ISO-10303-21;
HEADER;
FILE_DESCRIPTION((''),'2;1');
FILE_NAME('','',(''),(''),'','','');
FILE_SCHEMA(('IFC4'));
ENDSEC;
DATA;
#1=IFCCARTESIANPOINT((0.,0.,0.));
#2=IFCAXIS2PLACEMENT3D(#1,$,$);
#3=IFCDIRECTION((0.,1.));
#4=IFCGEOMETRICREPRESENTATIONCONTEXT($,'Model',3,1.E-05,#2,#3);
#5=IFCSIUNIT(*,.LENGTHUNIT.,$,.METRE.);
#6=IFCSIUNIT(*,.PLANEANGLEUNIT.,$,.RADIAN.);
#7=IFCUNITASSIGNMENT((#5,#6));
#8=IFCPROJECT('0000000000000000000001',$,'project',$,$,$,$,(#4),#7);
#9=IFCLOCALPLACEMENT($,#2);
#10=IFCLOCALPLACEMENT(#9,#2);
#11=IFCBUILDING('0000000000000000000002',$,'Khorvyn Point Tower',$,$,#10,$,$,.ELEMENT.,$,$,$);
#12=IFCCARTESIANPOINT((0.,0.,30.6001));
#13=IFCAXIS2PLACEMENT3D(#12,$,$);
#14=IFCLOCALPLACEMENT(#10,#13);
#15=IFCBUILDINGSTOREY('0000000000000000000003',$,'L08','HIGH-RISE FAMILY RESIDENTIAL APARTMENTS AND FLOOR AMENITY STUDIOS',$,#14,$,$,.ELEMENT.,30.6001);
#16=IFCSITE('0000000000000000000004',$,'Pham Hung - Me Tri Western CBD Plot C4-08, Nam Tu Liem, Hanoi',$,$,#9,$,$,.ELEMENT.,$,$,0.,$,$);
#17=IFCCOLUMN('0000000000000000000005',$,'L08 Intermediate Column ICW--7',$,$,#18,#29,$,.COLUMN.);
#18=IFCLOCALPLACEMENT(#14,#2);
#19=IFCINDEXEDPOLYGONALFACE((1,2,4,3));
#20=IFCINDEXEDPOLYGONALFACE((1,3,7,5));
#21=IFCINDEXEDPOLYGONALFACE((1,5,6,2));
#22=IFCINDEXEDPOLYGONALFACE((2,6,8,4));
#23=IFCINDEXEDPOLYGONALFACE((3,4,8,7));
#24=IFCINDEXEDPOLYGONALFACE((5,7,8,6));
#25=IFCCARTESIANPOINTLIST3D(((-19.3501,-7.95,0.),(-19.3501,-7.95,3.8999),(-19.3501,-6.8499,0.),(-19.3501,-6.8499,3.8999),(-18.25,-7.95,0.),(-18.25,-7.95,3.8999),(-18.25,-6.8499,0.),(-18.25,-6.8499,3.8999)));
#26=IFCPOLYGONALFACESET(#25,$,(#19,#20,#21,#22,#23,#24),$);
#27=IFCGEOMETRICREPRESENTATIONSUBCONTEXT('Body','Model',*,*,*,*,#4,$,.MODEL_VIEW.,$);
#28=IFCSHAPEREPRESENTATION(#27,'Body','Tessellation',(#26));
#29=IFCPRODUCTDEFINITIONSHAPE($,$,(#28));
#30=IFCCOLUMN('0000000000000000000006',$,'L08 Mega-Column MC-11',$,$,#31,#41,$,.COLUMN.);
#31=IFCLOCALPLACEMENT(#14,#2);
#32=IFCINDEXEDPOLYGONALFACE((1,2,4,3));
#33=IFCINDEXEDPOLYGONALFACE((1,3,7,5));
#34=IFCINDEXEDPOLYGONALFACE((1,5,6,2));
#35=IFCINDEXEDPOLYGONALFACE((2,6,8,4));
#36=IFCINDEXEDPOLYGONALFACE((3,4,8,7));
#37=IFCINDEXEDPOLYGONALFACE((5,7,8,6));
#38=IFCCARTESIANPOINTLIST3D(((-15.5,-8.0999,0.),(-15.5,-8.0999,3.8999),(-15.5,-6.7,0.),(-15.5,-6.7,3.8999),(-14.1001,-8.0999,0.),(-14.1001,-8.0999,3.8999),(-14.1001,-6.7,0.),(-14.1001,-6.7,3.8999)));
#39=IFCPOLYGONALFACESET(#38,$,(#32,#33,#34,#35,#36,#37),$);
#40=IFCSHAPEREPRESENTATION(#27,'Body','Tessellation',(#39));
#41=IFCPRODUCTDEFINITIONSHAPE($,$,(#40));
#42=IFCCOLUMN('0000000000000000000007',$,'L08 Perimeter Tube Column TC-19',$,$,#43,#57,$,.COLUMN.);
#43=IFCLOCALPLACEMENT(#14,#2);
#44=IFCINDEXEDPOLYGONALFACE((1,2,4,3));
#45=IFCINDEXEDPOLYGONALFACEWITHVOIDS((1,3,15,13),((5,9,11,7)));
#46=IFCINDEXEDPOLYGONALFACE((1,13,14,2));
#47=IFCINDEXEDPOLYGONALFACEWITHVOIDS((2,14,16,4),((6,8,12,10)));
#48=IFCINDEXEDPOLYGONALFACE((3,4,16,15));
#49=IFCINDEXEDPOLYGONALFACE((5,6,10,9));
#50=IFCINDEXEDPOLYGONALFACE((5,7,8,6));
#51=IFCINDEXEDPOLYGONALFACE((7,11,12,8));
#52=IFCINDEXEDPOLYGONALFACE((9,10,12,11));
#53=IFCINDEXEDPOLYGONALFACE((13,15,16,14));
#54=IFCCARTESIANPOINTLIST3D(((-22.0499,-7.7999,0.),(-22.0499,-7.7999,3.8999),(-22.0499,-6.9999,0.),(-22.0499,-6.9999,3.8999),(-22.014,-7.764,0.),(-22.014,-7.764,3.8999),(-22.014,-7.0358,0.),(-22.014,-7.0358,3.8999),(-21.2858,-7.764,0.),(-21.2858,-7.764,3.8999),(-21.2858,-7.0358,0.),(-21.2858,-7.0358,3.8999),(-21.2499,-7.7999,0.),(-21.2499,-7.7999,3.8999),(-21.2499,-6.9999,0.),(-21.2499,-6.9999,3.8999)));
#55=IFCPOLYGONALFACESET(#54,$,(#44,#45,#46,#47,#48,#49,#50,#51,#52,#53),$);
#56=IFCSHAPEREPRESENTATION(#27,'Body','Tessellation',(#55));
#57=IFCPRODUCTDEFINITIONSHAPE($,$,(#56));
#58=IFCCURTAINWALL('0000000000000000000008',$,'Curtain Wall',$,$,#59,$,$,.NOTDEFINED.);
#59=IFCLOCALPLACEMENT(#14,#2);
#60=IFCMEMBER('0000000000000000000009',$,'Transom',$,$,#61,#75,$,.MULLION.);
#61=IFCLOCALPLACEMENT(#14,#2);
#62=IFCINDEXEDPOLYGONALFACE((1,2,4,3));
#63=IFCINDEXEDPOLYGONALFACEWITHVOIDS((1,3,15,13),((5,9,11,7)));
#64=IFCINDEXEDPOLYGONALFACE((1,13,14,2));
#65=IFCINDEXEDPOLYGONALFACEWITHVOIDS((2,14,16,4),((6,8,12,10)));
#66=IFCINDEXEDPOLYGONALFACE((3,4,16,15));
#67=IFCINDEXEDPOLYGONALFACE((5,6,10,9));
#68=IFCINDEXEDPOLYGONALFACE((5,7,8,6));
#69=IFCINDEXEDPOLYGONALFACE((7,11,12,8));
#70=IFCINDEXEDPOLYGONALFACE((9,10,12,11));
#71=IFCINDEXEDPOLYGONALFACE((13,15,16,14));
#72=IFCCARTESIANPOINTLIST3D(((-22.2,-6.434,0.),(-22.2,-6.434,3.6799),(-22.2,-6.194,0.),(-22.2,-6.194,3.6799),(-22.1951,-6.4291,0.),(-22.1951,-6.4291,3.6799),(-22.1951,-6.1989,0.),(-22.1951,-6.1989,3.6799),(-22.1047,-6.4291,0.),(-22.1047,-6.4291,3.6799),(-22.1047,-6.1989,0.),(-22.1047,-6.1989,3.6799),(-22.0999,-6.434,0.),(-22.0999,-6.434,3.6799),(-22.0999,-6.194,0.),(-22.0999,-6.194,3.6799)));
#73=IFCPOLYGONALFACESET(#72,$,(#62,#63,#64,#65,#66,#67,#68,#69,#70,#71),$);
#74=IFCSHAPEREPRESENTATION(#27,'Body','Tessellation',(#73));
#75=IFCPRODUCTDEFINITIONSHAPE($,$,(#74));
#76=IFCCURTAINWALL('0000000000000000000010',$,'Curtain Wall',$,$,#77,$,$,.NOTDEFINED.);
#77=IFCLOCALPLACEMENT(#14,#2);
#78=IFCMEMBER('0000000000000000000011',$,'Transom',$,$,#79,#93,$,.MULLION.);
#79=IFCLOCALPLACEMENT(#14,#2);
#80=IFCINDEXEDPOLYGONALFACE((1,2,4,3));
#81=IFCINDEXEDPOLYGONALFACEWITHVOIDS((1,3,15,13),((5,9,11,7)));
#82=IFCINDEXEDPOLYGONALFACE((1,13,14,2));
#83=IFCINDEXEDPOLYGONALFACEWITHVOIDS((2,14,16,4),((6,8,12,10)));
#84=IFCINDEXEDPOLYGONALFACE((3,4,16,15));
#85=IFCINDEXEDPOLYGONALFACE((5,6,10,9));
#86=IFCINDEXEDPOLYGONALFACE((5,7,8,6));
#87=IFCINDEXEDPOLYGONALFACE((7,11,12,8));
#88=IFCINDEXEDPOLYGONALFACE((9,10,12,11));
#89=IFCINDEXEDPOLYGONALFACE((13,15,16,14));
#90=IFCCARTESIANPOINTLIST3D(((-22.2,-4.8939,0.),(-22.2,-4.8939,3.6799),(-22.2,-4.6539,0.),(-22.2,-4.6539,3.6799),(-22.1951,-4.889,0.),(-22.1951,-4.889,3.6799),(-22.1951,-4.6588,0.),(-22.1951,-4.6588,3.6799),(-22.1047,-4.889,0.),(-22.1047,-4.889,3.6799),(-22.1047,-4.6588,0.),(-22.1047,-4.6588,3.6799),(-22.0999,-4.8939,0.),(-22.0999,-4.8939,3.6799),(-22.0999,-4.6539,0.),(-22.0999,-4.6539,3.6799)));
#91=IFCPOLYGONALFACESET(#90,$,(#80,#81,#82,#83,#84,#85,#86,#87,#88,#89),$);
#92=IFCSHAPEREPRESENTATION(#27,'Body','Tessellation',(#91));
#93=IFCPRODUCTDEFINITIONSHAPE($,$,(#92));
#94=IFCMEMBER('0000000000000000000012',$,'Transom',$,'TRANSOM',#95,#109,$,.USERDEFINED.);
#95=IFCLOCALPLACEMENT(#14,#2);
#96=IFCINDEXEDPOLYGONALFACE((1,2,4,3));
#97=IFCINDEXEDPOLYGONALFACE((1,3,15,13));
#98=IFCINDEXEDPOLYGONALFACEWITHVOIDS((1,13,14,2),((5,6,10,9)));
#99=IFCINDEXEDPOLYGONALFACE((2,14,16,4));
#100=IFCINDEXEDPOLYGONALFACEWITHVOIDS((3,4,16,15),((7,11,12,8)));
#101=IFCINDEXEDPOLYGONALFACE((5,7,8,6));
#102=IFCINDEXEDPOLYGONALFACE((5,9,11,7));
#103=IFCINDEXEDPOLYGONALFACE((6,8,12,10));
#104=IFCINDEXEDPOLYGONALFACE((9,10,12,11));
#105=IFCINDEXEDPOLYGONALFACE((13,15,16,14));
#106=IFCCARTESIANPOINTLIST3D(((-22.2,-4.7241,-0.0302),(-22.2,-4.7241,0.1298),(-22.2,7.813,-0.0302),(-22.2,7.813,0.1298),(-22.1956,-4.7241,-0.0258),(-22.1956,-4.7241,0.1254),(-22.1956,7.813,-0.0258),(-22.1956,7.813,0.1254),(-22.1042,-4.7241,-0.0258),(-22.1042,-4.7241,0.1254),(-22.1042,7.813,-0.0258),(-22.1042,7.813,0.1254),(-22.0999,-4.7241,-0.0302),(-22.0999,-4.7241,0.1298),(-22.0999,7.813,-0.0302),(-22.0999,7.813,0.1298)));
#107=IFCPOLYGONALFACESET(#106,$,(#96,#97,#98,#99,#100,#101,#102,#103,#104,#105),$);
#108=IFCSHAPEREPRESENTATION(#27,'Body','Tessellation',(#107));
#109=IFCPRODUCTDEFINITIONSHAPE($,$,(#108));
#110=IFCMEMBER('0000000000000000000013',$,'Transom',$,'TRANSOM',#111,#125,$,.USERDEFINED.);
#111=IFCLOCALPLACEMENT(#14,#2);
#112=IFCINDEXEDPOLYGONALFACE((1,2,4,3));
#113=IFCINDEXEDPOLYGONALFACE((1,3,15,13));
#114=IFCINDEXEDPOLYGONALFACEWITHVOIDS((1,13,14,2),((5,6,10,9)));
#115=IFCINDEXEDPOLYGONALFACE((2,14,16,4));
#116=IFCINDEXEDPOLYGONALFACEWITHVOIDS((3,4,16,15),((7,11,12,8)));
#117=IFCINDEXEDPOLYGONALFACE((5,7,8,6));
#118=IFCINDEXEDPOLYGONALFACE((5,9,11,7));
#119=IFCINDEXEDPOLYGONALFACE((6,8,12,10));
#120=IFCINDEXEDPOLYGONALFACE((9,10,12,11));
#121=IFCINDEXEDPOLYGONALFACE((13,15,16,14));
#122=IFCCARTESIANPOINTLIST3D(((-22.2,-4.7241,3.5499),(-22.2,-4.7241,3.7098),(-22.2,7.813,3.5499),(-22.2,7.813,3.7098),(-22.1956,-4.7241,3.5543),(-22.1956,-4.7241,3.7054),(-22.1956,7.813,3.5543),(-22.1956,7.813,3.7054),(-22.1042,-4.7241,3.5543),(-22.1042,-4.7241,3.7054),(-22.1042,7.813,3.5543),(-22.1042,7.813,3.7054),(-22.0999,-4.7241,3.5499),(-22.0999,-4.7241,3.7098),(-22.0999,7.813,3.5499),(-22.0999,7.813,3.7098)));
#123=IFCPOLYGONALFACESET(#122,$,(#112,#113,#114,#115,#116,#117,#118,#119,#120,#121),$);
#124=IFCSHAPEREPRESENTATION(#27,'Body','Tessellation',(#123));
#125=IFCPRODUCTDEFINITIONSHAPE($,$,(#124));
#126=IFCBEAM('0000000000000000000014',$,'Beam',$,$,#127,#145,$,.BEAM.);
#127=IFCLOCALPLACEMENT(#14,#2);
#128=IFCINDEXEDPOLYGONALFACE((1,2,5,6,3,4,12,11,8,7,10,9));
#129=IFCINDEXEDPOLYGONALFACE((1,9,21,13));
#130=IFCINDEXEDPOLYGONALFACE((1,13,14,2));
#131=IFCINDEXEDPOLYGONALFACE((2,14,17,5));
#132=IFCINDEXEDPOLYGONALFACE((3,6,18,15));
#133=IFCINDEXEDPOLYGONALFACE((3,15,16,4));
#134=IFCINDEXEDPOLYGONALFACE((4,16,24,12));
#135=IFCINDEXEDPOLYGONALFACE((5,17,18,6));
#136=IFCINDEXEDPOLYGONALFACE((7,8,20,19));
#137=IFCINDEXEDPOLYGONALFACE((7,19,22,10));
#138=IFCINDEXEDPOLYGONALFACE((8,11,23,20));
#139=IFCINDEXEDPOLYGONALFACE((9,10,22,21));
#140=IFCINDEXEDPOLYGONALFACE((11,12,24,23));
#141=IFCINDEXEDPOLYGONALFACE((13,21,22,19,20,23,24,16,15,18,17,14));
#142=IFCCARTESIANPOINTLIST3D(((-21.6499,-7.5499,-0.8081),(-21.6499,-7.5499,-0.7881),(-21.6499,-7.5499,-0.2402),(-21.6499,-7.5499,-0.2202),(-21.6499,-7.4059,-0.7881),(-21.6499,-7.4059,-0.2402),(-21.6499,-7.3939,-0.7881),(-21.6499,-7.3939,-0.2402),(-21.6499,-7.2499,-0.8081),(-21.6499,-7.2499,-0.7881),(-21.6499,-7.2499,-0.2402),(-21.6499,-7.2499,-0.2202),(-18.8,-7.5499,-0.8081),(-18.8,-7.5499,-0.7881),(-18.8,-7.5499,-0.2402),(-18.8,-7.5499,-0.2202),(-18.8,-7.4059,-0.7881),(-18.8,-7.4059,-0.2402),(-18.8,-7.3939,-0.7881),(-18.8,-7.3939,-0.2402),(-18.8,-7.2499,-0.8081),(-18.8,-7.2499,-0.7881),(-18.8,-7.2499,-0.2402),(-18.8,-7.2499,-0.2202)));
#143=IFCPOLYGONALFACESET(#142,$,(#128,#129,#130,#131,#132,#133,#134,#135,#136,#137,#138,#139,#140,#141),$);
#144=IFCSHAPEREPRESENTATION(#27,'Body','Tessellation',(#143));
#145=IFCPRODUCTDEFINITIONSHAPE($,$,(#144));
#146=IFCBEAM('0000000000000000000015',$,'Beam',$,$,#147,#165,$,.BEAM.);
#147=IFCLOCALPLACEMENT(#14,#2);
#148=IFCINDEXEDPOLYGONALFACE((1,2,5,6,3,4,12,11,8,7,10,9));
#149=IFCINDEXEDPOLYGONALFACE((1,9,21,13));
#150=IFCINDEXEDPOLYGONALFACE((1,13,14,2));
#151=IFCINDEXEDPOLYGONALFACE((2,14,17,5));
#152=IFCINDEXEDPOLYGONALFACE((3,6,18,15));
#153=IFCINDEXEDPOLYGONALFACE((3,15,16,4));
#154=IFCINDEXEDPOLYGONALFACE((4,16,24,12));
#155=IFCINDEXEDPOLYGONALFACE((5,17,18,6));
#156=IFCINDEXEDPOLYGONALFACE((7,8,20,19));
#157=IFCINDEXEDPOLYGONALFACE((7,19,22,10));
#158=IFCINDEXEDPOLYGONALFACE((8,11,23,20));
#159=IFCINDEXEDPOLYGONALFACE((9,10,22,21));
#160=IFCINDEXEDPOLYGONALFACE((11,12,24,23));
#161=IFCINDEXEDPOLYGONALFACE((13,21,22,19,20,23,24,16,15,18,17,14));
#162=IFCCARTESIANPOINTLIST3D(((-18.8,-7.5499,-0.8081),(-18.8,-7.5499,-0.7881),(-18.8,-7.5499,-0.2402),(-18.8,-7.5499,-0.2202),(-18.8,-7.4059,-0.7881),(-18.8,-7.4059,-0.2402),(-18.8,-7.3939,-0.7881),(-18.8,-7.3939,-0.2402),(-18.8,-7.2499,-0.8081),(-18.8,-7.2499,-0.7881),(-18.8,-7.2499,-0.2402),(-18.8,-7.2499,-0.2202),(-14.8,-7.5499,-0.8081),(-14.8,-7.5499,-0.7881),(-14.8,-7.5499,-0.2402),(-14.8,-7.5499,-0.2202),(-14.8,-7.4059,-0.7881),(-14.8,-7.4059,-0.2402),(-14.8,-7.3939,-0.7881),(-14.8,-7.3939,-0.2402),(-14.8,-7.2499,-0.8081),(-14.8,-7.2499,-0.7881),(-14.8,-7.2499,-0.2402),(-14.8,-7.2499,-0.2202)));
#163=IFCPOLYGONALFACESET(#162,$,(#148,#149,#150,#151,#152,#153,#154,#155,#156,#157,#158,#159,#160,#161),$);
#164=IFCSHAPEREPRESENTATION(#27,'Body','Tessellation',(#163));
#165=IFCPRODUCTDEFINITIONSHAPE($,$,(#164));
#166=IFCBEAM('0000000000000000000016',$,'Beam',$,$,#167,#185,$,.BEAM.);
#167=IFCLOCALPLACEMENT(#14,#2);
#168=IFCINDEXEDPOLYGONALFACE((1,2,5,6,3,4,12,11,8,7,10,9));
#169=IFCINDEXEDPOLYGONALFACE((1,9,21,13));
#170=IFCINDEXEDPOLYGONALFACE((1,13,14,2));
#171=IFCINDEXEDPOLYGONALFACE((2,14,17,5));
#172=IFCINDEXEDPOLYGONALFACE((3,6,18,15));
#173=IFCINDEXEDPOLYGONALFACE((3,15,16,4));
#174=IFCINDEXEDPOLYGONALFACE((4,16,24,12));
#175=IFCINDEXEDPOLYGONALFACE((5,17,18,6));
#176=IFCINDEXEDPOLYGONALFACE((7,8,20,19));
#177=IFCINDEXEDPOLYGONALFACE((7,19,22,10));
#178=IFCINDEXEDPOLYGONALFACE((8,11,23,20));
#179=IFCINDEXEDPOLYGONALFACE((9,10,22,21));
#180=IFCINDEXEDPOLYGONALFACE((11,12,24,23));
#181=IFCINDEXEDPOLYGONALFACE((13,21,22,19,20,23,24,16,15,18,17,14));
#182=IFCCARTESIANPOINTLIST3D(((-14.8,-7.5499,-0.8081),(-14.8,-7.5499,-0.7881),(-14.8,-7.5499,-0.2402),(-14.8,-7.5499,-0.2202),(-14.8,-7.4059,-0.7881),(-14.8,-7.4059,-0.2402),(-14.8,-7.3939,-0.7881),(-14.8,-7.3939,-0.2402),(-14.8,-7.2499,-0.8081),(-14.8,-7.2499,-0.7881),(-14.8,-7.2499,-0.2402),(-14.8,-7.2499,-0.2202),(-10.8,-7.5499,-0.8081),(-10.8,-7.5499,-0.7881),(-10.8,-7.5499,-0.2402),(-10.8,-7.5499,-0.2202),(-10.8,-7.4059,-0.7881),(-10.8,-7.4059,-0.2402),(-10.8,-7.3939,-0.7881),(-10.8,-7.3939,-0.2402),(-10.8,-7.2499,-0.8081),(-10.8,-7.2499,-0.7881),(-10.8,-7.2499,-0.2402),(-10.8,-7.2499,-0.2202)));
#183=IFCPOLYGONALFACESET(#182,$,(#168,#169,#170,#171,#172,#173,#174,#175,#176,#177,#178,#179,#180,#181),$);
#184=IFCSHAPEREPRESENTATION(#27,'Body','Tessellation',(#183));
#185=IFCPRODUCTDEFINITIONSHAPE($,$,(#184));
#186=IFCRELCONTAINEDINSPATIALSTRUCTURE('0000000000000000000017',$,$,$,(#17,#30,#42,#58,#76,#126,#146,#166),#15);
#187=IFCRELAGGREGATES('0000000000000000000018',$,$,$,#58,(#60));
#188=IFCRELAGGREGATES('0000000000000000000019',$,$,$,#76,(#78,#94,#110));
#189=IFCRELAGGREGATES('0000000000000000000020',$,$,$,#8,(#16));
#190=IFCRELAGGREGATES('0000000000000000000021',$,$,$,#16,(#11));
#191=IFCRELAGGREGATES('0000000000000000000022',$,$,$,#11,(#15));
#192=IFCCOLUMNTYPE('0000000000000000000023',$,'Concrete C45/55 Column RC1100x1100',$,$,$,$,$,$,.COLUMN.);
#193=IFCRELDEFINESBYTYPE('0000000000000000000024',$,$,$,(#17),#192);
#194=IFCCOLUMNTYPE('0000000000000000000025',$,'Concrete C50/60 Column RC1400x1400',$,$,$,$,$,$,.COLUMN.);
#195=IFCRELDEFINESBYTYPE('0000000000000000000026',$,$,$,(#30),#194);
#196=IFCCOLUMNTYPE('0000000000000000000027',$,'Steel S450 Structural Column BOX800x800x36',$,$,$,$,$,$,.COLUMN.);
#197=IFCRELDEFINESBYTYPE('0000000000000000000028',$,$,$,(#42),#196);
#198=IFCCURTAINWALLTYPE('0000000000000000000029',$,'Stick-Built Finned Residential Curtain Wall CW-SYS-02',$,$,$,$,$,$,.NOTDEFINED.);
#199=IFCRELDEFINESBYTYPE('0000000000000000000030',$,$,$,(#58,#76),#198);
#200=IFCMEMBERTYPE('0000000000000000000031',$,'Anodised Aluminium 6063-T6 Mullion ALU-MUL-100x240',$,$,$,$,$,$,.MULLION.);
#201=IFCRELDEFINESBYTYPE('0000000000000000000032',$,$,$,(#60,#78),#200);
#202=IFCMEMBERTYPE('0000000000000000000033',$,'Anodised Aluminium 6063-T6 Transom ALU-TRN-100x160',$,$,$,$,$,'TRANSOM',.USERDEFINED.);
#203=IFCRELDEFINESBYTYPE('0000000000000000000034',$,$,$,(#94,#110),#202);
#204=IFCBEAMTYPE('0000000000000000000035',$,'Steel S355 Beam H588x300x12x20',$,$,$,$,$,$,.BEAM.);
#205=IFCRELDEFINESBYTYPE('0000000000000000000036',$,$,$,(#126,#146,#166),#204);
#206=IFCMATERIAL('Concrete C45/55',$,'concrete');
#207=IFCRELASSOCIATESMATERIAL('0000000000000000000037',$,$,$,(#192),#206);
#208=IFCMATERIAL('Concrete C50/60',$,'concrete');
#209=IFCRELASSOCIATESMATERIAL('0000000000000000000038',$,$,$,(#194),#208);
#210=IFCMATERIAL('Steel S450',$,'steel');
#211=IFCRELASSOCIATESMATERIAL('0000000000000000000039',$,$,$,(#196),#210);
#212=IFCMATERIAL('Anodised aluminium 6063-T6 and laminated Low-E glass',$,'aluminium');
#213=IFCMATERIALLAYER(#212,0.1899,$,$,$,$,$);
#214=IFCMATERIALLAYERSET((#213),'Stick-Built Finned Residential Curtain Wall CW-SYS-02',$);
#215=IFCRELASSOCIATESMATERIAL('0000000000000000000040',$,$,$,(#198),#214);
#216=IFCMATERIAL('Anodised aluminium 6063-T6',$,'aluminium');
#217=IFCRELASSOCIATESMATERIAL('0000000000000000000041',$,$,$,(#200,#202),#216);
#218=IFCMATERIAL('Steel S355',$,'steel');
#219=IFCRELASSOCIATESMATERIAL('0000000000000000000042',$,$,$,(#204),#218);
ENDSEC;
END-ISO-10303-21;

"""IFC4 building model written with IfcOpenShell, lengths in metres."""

from ifc_helpers import new_model, si_unit, direction, frame, origin, origin_2d, place, context, subcontext, project, spatial, rectangle, hollow_rectangle, i_section, extrude, material, layer, layer_set, material_profile, profile_set, type_object, element, aggregate, save


model = new_model("IFC4")

# Units and contexts
model_context = context("Model", 3, precision=1e-05, world=origin(), true_north=direction((0.0, 1.0)))
body_context = subcontext(model_context, "Body", "Model", "MODEL_VIEW")
ifc_project = project(units=[si_unit("LENGTHUNIT", "METRE"), si_unit("PLANEANGLEUNIT", "RADIAN")], contexts=[model_context])

# Site, building, storey
site_placement = place(None, origin())
site = spatial("IfcSite", under=ifc_project, at=site_placement, Name="Pham Hung - Me Tri Western CBD Plot C4-08, Nam Tu Liem, Hanoi", CompositionType="ELEMENT", RefElevation=0.0)
building_placement = place(site_placement, origin())
building = spatial("IfcBuilding", under=site, at=building_placement, Name="Khorvyn Point Tower", CompositionType="ELEMENT")
storey_placement = place(building_placement, frame((0.0, 0.0, 30.6001)))
storey = spatial("IfcBuildingStorey", under=building, at=storey_placement, Name="L08", Description="HIGH-RISE FAMILY RESIDENTIAL APARTMENTS AND FLOOR AMENITY STUDIOS", CompositionType="ELEMENT", Elevation=30.6001)

# Columns
ifc_material_1 = material(Name="Concrete C45/55", Category="concrete")
ifc_material_profile_1 = material_profile(ifc_material_1, rectangle(XDim=1.1001, YDim=1.1001, at=origin_2d()))
ifc_profile_set_1 = profile_set([ifc_material_profile_1], Name="Concrete C45/55 RC1100x1100")
column_type_1 = type_object("IfcColumnType", Name="Concrete C45/55 Column RC1100x1100", PredefinedType="COLUMN", material=ifc_profile_set_1)
column_1_placement = place(storey_placement, frame((-18.8, -7.3999, 0.0), z_axis=(0.0, 0.0, 1.0), x_axis=(1.0, 0.0, 0.0)))
element("IfcColumn", 1, at=column_1_placement, inside=storey, type_object=column_type_1, Name="L08 Intermediate Column ICW--7", PredefinedType="COLUMN", context=body_context, shape_type="SweptSolid", body=[
    extrude(rectangle(XDim=1.1001, YDim=1.1001, at=origin_2d()), origin(), (0.0, 0.0, 1.0), 3.8999),
])
ifc_material_2 = material(Name="Concrete C50/60", Category="concrete")
ifc_material_profile_2 = material_profile(ifc_material_2, rectangle(XDim=1.3999, YDim=1.3999, at=origin_2d()))
ifc_profile_set_2 = profile_set([ifc_material_profile_2], Name="Concrete C50/60 RC1400x1400")
column_type_2 = type_object("IfcColumnType", Name="Concrete C50/60 Column RC1400x1400", PredefinedType="COLUMN", material=ifc_profile_set_2)
column_2_placement = place(storey_placement, frame((-14.8, -7.3999, 0.0), z_axis=(0.0, 0.0, 1.0), x_axis=(1.0, 0.0, 0.0)))
element("IfcColumn", 2, at=column_2_placement, inside=storey, type_object=column_type_2, Name="L08 Mega-Column MC-11", PredefinedType="COLUMN", context=body_context, shape_type="SweptSolid", body=[
    extrude(rectangle(XDim=1.3999, YDim=1.3999, at=origin_2d()), origin(), (0.0, 0.0, 1.0), 3.8999),
])
ifc_material_3 = material(Name="Steel S450", Category="steel")
ifc_material_profile_3 = material_profile(ifc_material_3, hollow_rectangle(XDim=0.8, YDim=0.8, WallThickness=0.0359, at=origin_2d()))
ifc_profile_set_3 = profile_set([ifc_material_profile_3], Name="Steel S450 BOX800x800x36")
column_type_3 = type_object("IfcColumnType", Name="Steel S450 Structural Column BOX800x800x36", PredefinedType="COLUMN", material=ifc_profile_set_3)
column_3_placement = place(storey_placement, frame((-21.6499, -7.3999, 0.0), z_axis=(0.0, 0.0, 1.0), x_axis=(1.0, 0.0, 0.0)))
element("IfcColumn", 3, at=column_3_placement, inside=storey, type_object=column_type_3, Name="L08 Perimeter Tube Column TC-19", PredefinedType="COLUMN", context=body_context, shape_type="SweptSolid", body=[
    extrude(hollow_rectangle(XDim=0.8, YDim=0.8, WallThickness=0.0359, at=origin_2d()), origin(), (0.0, 0.0, 1.0), 3.8999),
])

# Curtain wall, member
ifc_material_4 = material(Name="Anodised aluminium 6063-T6 and laminated Low-E glass", Category="aluminium")
ifc_layer_1 = layer(ifc_material_4, 0.1899)
ifc_layer_set_1 = layer_set([ifc_layer_1], Name="Stick-Built Finned Residential Curtain Wall CW-SYS-02")
curtain_wall_type = type_object("IfcCurtainWallType", Name="Stick-Built Finned Residential Curtain Wall CW-SYS-02", PredefinedType="NOTDEFINED", material=ifc_layer_set_1)
curtain_wall_1_placement = place(storey_placement, origin())
curtain_wall_1 = element("IfcCurtainWall", 4, at=curtain_wall_1_placement, inside=storey, type_object=curtain_wall_type, Name="Curtain Wall", PredefinedType="NOTDEFINED")
ifc_material_5 = material(Name="Anodised aluminium 6063-T6", Category="aluminium")
ifc_material_profile_4 = material_profile(ifc_material_5, hollow_rectangle(XDim=0.1001, YDim=0.24, WallThickness=0.0049, at=origin_2d()))
ifc_profile_set_4 = profile_set([ifc_material_profile_4], Name="Anodised aluminium 6063-T6 ALU-MUL-100x240")
member_type_1 = type_object("IfcMemberType", Name="Anodised Aluminium 6063-T6 Mullion ALU-MUL-100x240", PredefinedType="MULLION", material=ifc_profile_set_4)
member_1_placement = place(storey_placement, frame((-22.1499, -6.314, 0.0), z_axis=(0.0, 0.0, 1.0), x_axis=(-1.0, 0.0, 0.0)))
member_1 = element("IfcMember", 5, at=member_1_placement, type_object=member_type_1, Name="Transom", PredefinedType="MULLION", context=body_context, shape_type="SweptSolid", body=[
    extrude(hollow_rectangle(XDim=0.1001, YDim=0.24, WallThickness=0.0049, at=origin_2d()), origin(), (0.0, 0.0, 1.0), 3.6799),
])

# Curtain wall, members
curtain_wall_2_placement = place(storey_placement, origin())
curtain_wall_2 = element("IfcCurtainWall", 6, at=curtain_wall_2_placement, inside=storey, type_object=curtain_wall_type, Name="Curtain Wall", PredefinedType="NOTDEFINED")
member_2_placement = place(storey_placement, frame((-22.1499, -4.7739, 0.0), z_axis=(0.0, 0.0, 1.0), x_axis=(-1.0, 0.0, 0.0)))
member_2 = element("IfcMember", 7, at=member_2_placement, type_object=member_type_1, Name="Transom", PredefinedType="MULLION", context=body_context, shape_type="SweptSolid", body=[
    extrude(hollow_rectangle(XDim=0.1001, YDim=0.24, WallThickness=0.0049, at=origin_2d()), origin(), (0.0, 0.0, 1.0), 3.6799),
])
ifc_material_profile_5 = material_profile(ifc_material_5, hollow_rectangle(XDim=0.1001, YDim=0.1599, WallThickness=0.0044, at=origin_2d()))
ifc_profile_set_5 = profile_set([ifc_material_profile_5], Name="Anodised aluminium 6063-T6 ALU-TRN-100x160")
member_type_2 = type_object("IfcMemberType", Name="Anodised Aluminium 6063-T6 Transom ALU-TRN-100x160", ElementType="TRANSOM", PredefinedType="USERDEFINED", material=ifc_profile_set_5)
member_3_placement = place(storey_placement, frame((-22.1499, -4.7241, 0.0498), z_axis=(0.0, 1.0, 0.0), x_axis=(-1.0, 0.0, 0.0)))
member_3 = element("IfcMember", 8, at=member_3_placement, type_object=member_type_2, Name="Transom", ObjectType="TRANSOM", PredefinedType="USERDEFINED", context=body_context, shape_type="SweptSolid", body=[
    extrude(hollow_rectangle(XDim=0.1001, YDim=0.1599, WallThickness=0.0044, at=origin_2d()), origin(), (0.0, 0.0, 1.0), 12.5371),
])
member_4_placement = place(storey_placement, frame((-22.1499, -4.7241, 3.6299), z_axis=(0.0, 1.0, 0.0), x_axis=(-1.0, 0.0, 0.0)))
member_4 = element("IfcMember", 9, at=member_4_placement, type_object=member_type_2, Name="Transom", ObjectType="TRANSOM", PredefinedType="USERDEFINED", context=body_context, shape_type="SweptSolid", body=[
    extrude(hollow_rectangle(XDim=0.1001, YDim=0.1599, WallThickness=0.0044, at=origin_2d()), origin(), (0.0, 0.0, 1.0), 12.5371),
])

# Beams
ifc_material_6 = material(Name="Steel S355", Category="steel")
ifc_material_profile_6 = material_profile(ifc_material_6, i_section(OverallWidth=0.3, OverallDepth=0.5879, WebThickness=0.012, FlangeThickness=0.02, at=origin_2d()))
ifc_profile_set_6 = profile_set([ifc_material_profile_6], Name="Steel S355 H588x300x12x20")
beam_type_1 = type_object("IfcBeamType", Name="Steel S355 Beam H588x300x12x20", PredefinedType="BEAM", material=ifc_profile_set_6)
beam_1_placement = place(storey_placement, frame((-21.6499, -7.3999, -0.5142), z_axis=(1.0, 0.0, 0.0), x_axis=(0.0, 1.0, 0.0)))
element("IfcBeam", 10, at=beam_1_placement, inside=storey, type_object=beam_type_1, Name="Beam", PredefinedType="BEAM", context=body_context, shape_type="SweptSolid", body=[
    extrude(i_section(OverallWidth=0.3, OverallDepth=0.5879, WebThickness=0.012, FlangeThickness=0.02, at=origin_2d()), origin(), (0.0, 0.0, 1.0), 2.8499),
])
for number, where, z_axis, x_axis, name in (
    (11, (-18.8, -7.3999, -0.5142), (1.0, 0.0, 0.0), (0.0, 1.0, 0.0), "Beam"),
    (12, (-14.8, -7.3999, -0.5142), (1.0, 0.0, 0.0), (0.0, 1.0, 0.0), "Beam"),
):
    element("IfcBeam", number, at=place(storey_placement, frame(where, z_axis=z_axis, x_axis=x_axis)), inside=storey, type_object=beam_type_1, Name=name, PredefinedType="BEAM", context=body_context, shape_type="SweptSolid", body=[
        extrude(i_section(OverallWidth=0.3, OverallDepth=0.5879, WebThickness=0.012, FlangeThickness=0.02, at=origin_2d()), origin(), (0.0, 0.0, 1.0), 4.0),
    ])

aggregate(curtain_wall_1, [member_1])
aggregate(curtain_wall_2, [member_2, member_3, member_4])

save(model, "model.ifc")
